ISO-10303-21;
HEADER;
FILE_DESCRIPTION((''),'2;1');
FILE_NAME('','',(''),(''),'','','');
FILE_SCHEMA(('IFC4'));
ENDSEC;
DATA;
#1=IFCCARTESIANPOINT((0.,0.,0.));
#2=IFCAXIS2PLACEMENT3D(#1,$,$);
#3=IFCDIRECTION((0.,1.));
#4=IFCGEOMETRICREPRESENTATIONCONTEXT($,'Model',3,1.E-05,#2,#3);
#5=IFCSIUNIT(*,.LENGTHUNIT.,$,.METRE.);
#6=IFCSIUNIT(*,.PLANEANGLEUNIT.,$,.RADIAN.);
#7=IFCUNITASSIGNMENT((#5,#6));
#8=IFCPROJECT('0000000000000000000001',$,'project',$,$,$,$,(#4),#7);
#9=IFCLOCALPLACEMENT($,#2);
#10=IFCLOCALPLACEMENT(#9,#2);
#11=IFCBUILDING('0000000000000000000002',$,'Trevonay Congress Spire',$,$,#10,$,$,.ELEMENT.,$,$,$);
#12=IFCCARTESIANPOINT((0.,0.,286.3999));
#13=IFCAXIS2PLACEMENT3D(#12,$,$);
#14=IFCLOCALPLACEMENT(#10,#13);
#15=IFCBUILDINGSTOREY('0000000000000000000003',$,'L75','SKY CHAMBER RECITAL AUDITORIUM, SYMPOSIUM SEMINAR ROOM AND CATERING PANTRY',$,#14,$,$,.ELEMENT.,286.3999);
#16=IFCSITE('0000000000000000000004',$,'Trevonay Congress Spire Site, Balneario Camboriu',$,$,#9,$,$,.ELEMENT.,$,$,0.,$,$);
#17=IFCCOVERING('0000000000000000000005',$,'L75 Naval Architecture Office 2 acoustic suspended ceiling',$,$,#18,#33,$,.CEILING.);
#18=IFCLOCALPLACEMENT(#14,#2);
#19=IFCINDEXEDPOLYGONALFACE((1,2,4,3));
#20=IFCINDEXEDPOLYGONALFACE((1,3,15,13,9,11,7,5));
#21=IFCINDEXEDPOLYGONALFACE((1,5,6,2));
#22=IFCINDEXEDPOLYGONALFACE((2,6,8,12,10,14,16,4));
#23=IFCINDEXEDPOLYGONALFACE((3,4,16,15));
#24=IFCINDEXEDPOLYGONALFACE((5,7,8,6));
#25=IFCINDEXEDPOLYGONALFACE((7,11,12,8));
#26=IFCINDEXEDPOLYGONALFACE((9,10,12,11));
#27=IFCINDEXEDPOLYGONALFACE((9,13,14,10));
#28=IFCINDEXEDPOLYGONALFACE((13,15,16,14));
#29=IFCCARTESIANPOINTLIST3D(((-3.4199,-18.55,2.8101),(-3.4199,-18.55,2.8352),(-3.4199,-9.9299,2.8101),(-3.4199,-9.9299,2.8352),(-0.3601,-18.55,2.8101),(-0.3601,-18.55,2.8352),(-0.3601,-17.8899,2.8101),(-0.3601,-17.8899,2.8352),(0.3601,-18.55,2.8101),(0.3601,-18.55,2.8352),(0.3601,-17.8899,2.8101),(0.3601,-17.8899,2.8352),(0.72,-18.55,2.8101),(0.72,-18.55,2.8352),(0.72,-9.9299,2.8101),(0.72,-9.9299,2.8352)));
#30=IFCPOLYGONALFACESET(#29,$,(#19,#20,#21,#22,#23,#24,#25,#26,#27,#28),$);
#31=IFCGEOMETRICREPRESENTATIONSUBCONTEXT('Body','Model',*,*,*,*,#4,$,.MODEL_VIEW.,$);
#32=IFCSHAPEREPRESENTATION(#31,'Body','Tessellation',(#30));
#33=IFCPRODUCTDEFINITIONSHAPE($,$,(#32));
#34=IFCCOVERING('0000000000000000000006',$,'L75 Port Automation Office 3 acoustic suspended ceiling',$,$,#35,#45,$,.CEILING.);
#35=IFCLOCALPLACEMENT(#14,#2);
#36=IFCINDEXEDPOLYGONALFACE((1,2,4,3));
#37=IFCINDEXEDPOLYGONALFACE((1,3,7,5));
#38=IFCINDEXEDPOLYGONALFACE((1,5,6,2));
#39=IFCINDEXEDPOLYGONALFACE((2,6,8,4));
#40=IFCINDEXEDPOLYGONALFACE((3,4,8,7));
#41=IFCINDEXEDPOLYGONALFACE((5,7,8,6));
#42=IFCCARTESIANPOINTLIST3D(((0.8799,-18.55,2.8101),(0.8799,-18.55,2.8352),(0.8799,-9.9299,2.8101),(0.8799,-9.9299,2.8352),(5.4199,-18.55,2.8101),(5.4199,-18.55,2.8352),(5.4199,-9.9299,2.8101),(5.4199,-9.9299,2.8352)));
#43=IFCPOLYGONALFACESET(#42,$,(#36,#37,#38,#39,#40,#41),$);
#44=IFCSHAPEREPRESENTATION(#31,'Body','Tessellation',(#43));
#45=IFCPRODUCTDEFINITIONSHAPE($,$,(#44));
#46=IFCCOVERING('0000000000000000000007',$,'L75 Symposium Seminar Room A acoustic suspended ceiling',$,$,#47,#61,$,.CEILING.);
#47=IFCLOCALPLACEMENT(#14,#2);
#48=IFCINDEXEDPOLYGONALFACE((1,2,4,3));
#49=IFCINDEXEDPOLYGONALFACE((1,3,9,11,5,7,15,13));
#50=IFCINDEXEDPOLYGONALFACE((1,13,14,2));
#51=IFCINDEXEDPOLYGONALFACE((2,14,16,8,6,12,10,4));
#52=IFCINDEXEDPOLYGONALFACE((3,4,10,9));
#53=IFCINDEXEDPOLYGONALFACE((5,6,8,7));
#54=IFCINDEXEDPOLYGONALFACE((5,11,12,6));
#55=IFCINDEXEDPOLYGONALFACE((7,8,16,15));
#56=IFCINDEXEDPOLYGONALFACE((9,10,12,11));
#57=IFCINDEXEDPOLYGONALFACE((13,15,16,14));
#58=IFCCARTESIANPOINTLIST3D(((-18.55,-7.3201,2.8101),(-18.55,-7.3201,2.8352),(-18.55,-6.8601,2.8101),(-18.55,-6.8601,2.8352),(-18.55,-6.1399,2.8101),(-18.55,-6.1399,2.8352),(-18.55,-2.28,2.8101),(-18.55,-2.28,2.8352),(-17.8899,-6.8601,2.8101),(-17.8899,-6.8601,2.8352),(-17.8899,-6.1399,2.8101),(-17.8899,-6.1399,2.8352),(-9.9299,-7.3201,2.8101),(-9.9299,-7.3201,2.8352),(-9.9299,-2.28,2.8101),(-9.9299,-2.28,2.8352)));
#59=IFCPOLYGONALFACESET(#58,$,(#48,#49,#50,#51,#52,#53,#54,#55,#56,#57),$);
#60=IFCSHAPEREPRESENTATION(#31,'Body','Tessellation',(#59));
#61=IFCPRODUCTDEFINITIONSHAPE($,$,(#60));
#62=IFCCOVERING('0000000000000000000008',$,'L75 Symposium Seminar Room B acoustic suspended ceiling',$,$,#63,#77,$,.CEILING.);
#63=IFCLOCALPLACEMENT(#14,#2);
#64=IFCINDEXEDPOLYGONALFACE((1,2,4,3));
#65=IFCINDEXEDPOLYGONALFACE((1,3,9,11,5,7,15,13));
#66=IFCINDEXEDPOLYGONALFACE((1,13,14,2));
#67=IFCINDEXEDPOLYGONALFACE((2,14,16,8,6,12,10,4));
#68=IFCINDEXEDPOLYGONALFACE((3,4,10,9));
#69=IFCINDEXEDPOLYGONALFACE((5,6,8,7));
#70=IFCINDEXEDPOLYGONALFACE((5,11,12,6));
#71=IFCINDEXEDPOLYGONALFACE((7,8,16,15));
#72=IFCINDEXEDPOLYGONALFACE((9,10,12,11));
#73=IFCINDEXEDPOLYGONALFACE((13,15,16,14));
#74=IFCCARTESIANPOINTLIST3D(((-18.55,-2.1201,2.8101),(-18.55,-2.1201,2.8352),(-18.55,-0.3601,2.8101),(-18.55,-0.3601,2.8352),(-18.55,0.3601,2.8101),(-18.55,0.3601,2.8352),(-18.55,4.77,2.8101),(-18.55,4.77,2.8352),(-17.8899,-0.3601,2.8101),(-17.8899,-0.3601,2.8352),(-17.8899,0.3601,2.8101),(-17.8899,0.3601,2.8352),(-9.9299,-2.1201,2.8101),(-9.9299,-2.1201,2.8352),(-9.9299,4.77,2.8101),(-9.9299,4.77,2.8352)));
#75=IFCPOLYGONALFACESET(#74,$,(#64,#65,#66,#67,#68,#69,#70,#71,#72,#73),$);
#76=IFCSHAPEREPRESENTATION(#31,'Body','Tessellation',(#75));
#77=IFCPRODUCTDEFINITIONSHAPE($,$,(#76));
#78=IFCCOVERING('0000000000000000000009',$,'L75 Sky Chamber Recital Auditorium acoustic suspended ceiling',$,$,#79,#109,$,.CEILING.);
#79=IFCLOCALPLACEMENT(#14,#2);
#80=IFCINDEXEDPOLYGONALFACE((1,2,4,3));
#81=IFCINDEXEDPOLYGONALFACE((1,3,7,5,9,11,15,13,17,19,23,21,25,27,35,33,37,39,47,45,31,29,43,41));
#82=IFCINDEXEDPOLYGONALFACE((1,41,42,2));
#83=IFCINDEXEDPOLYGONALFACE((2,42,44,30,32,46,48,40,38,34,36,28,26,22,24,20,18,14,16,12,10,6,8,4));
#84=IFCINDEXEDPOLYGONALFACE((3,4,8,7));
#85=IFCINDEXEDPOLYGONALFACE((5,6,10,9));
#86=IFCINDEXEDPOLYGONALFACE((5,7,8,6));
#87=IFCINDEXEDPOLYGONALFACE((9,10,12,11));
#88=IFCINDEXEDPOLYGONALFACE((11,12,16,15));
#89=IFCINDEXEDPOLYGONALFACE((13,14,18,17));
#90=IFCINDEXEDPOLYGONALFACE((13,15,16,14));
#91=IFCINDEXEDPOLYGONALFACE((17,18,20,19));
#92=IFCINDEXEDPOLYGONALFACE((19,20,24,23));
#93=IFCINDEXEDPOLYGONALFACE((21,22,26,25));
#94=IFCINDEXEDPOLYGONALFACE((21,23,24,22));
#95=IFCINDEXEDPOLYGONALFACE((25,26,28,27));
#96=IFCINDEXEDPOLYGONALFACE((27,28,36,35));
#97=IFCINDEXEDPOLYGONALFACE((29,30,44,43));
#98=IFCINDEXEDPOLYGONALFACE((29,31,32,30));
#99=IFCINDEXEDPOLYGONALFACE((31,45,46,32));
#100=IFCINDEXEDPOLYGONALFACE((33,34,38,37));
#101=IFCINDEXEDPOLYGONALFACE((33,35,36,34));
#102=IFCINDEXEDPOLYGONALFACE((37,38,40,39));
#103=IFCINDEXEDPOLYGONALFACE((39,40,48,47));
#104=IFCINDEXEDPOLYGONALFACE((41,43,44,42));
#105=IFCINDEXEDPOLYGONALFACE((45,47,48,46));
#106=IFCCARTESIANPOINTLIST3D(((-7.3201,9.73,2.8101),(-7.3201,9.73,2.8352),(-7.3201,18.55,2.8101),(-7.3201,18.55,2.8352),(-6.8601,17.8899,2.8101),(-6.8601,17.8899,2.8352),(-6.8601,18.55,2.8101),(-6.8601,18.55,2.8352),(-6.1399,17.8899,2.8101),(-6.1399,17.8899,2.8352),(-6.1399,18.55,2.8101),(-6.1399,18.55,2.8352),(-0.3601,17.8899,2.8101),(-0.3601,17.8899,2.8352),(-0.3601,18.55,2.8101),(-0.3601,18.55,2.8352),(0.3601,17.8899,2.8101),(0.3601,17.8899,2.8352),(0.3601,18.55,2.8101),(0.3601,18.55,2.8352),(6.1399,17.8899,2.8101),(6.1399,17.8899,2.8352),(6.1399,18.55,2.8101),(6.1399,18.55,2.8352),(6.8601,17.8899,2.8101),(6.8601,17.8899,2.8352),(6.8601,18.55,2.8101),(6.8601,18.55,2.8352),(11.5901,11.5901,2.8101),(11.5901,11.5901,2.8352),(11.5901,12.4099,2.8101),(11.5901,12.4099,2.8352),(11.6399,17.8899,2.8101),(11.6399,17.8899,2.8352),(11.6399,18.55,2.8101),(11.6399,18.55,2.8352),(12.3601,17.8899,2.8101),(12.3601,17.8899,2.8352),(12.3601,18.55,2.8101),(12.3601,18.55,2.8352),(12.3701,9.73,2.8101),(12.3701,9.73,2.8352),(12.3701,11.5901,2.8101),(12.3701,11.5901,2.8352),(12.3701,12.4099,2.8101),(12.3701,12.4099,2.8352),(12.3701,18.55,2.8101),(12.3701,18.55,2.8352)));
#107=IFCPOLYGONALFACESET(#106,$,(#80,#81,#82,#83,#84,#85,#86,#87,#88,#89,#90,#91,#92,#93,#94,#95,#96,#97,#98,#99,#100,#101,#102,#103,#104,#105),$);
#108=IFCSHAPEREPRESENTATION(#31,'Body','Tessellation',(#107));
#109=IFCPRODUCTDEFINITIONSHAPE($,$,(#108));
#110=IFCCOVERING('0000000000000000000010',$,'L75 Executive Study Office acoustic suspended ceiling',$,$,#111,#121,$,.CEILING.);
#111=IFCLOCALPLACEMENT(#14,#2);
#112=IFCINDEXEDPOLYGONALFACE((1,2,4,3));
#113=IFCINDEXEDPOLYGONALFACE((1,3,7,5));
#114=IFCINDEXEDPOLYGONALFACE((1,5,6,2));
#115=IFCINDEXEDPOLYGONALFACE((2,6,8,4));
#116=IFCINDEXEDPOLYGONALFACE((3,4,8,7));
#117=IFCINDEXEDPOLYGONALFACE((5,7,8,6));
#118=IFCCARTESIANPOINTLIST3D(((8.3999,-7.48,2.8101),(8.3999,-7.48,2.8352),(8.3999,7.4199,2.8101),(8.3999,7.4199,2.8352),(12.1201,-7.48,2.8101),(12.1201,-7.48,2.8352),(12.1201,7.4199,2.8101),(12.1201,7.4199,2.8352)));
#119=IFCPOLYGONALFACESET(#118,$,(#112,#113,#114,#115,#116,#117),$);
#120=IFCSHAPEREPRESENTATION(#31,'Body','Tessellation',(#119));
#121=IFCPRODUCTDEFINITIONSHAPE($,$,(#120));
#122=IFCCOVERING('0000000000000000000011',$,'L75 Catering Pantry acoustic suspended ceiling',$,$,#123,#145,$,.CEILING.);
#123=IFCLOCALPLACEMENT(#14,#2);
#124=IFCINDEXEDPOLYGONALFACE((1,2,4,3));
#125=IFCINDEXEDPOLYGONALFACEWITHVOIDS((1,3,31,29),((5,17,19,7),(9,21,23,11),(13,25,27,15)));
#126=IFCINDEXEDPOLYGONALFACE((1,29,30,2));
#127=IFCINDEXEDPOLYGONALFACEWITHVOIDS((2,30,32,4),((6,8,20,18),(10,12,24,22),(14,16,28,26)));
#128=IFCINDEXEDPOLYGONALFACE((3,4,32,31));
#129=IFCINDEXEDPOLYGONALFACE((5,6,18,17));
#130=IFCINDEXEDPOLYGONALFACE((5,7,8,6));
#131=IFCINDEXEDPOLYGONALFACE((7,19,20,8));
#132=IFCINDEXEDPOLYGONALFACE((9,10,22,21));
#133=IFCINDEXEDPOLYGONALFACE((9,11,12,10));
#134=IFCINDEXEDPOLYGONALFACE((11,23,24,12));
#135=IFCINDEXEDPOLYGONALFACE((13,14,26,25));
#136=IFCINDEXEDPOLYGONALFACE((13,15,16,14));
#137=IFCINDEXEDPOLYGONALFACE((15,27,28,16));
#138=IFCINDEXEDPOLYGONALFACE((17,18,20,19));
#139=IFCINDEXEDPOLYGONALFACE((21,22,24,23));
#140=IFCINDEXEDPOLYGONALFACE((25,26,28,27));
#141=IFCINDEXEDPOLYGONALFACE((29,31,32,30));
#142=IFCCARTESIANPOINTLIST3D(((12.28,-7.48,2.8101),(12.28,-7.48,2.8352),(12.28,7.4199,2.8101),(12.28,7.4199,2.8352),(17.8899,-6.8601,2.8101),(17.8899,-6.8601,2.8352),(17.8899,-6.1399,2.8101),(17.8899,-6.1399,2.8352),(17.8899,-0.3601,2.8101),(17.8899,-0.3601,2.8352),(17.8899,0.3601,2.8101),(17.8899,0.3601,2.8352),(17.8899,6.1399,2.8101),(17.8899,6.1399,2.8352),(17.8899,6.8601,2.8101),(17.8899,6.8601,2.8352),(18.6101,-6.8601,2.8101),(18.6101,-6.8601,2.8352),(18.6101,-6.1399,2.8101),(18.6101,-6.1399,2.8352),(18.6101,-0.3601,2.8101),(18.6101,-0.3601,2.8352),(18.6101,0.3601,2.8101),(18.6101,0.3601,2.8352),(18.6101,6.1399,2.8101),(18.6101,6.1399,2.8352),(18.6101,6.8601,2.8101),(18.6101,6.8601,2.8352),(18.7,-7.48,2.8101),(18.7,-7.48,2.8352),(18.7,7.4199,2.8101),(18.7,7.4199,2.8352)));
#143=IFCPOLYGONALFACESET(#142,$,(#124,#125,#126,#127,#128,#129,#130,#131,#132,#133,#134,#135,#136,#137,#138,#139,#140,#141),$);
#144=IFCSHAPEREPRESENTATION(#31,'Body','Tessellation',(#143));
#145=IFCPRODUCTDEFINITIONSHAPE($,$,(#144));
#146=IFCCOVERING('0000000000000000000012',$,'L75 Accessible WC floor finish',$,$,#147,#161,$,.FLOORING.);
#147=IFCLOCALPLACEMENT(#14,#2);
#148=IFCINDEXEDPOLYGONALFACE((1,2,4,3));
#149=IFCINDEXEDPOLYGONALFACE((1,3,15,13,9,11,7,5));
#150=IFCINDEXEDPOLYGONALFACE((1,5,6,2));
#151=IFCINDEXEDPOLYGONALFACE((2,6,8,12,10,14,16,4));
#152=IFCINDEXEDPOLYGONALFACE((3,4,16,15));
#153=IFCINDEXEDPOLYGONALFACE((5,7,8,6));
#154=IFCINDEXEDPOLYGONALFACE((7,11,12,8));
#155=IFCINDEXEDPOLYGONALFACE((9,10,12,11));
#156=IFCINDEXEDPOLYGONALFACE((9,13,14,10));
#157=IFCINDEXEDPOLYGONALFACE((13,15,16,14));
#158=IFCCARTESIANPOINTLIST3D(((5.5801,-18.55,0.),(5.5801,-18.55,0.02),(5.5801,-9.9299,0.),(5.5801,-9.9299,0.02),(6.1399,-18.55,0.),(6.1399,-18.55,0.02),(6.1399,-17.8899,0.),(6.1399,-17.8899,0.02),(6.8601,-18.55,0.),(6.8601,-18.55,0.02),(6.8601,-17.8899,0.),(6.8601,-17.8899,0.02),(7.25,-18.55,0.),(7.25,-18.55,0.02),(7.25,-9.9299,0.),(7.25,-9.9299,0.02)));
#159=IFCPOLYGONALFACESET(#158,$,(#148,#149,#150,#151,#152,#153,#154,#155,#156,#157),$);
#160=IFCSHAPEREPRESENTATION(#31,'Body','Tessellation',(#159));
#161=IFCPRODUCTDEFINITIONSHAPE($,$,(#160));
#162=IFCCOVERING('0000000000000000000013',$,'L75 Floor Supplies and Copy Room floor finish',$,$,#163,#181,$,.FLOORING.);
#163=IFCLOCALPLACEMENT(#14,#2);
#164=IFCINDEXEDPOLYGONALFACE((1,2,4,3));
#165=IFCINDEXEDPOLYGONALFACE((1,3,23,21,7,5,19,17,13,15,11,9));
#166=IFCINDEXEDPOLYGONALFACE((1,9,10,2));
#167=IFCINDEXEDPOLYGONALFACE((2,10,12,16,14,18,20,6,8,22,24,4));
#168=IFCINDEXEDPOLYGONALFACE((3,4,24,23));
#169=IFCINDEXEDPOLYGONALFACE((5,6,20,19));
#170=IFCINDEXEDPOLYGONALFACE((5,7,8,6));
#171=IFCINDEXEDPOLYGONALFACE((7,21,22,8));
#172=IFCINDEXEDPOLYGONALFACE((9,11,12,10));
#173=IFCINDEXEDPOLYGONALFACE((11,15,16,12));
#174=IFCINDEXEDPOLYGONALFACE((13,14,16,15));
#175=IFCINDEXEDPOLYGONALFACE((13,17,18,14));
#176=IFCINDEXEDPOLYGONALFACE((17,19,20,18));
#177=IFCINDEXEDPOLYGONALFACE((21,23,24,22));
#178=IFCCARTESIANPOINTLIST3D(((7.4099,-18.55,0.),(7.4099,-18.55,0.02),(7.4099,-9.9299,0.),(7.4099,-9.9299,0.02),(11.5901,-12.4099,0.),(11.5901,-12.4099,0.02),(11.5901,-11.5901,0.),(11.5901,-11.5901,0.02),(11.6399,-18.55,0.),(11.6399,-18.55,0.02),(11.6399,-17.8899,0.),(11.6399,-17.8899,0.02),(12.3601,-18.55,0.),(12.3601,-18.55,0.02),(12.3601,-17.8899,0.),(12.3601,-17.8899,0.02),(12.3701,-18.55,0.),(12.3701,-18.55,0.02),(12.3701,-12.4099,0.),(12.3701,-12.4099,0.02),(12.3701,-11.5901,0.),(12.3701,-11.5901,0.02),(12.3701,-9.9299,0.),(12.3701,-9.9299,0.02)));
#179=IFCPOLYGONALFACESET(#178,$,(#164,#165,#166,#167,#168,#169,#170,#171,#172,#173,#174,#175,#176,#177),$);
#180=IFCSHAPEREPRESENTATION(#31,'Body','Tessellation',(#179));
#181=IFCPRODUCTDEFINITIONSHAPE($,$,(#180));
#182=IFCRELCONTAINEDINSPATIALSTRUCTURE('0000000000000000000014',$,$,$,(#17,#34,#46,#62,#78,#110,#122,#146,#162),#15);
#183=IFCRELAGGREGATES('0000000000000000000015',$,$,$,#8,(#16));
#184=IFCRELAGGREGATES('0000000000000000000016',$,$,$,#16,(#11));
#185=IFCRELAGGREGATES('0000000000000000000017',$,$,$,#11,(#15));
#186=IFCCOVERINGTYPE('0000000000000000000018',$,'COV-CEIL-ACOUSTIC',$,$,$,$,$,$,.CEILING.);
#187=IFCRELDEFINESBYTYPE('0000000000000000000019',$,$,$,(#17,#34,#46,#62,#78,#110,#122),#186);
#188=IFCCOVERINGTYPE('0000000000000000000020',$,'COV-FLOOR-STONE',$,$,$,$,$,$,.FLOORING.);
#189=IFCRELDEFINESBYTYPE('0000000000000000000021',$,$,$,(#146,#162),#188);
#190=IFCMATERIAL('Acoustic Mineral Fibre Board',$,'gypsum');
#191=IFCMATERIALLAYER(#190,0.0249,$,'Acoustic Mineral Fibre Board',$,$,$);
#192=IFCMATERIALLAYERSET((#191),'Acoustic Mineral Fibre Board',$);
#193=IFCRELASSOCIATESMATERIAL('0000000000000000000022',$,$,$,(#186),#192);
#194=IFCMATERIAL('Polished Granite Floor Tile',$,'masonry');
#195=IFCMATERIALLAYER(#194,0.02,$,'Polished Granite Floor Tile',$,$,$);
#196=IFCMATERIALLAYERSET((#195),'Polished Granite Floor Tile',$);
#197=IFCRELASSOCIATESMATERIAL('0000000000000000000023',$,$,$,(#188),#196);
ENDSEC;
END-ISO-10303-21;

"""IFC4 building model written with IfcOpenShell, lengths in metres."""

from ifc_helpers import new_model, si_unit, direction, frame, origin, place, context, subcontext, project, spatial, polyline, outline, extrude, material, layer, layer_set, type_object, element, save


model = new_model("IFC4")

# Units and contexts
model_context = context("Model", 3, precision=1e-05, world=origin(), true_north=direction((0.0, 1.0)))
body_context = subcontext(model_context, "Body", "Model", "MODEL_VIEW")
ifc_project = project(units=[si_unit("LENGTHUNIT", "METRE"), si_unit("PLANEANGLEUNIT", "RADIAN")], contexts=[model_context])

# Site, building, storey
site_placement = place(None, origin())
site = spatial("IfcSite", under=ifc_project, at=site_placement, Name="Trevonay Congress Spire Site, Balneario Camboriu", CompositionType="ELEMENT", RefElevation=0.0)
building_placement = place(site_placement, origin())
building = spatial("IfcBuilding", under=site, at=building_placement, Name="Trevonay Congress Spire", CompositionType="ELEMENT")
storey_placement = place(building_placement, frame((0.0, 0.0, 286.3999)))
storey = spatial("IfcBuildingStorey", under=building, at=storey_placement, Name="L75", Description="SKY CHAMBER RECITAL AUDITORIUM, SYMPOSIUM SEMINAR ROOM AND CATERING PANTRY", CompositionType="ELEMENT", Elevation=286.3999)

# Coverings
ifc_material_1 = material(Name="Acoustic Mineral Fibre Board", Category="gypsum")
ifc_layer_1 = layer(ifc_material_1, 0.0249, Name="Acoustic Mineral Fibre Board")
ifc_layer_set_1 = layer_set([ifc_layer_1], Name="Acoustic Mineral Fibre Board")
covering_type_1 = type_object("IfcCoveringType", Name="COV-CEIL-ACOUSTIC", PredefinedType="CEILING", material=ifc_layer_set_1)
covering_1_placement = place(storey_placement, frame((0.0, 0.0, 2.8101)))
element("IfcCovering", 1, at=covering_1_placement, inside=storey, type_object=covering_type_1, Name="L75 Naval Architecture Office 2 acoustic suspended ceiling", PredefinedType="CEILING", context=body_context, shape_type="SweptSolid", body=[
    extrude(outline(polyline([(-3.4199, -18.55), (-3.4199, -9.9299), (0.72, -9.9299), (0.72, -18.55), (0.3601, -18.55), (0.3601, -17.8899), (-0.3601, -17.8899), (-0.3601, -18.55), (-3.4199, -18.55)])), origin(), (0.0, 0.0, 1.0), 0.0251),
])
covering_2_placement = place(storey_placement, frame((0.0, 0.0, 2.8101)))
element("IfcCovering", 2, at=covering_2_placement, inside=storey, type_object=covering_type_1, Name="L75 Port Automation Office 3 acoustic suspended ceiling", PredefinedType="CEILING", context=body_context, shape_type="SweptSolid", body=[
    extrude(outline(polyline([(0.8799, -18.55), (5.4199, -18.55), (5.4199, -9.9299), (0.8799, -9.9299), (0.8799, -18.55)])), origin(), (0.0, 0.0, 1.0), 0.0251),
])
covering_3_placement = place(storey_placement, frame((0.0, 0.0, 2.8101)))
element("IfcCovering", 3, at=covering_3_placement, inside=storey, type_object=covering_type_1, Name="L75 Symposium Seminar Room A acoustic suspended ceiling", PredefinedType="CEILING", context=body_context, shape_type="SweptSolid", body=[
    extrude(outline(polyline([(-18.55, -2.28), (-9.9299, -2.28), (-9.9299, -7.3201), (-18.55, -7.3201), (-18.55, -6.8601), (-17.8899, -6.8601), (-17.8899, -6.1399), (-18.55, -6.1399), (-18.55, -2.28)])), origin(), (0.0, 0.0, 1.0), 0.0251),
])
covering_4_placement = place(storey_placement, frame((0.0, 0.0, 2.8101)))
element("IfcCovering", 4, at=covering_4_placement, inside=storey, type_object=covering_type_1, Name="L75 Symposium Seminar Room B acoustic suspended ceiling", PredefinedType="CEILING", context=body_context, shape_type="SweptSolid", body=[
    extrude(outline(polyline([(-18.55, 4.77), (-9.9299, 4.77), (-9.9299, -2.1201), (-18.55, -2.1201), (-18.55, -0.3601), (-17.8899, -0.3601), (-17.8899, 0.3601), (-18.55, 0.3601), (-18.55, 4.77)])), origin(), (0.0, 0.0, 1.0), 0.0251),
])
covering_5_placement = place(storey_placement, frame((0.0, 0.0, 2.8101)))
element("IfcCovering", 5, at=covering_5_placement, inside=storey, type_object=covering_type_1, Name="L75 Sky Chamber Recital Auditorium acoustic suspended ceiling", PredefinedType="CEILING", context=body_context, shape_type="SweptSolid", body=[
    extrude(outline(polyline([(12.3701, 9.73), (-7.3201, 9.73), (-7.3201, 18.55), (-6.8601, 18.55), (-6.8601, 17.8899), (-6.1399, 17.8899), (-6.1399, 18.55), (-0.3601, 18.55), (-0.3601, 17.8899), (0.3601, 17.8899), (0.3601, 18.55), (6.1399, 18.55), (6.1399, 17.8899), (6.8601, 17.8899), (6.8601, 18.55), (11.6399, 18.55), (11.6399, 17.8899), (12.3601, 17.8899), (12.3601, 18.55), (12.3701, 18.55), (12.3701, 12.4099), (11.5901, 12.4099), (11.5901, 11.5901), (12.3701, 11.5901), (12.3701, 9.73)])), origin(), (0.0, 0.0, 1.0), 0.0251),
])
covering_6_placement = place(storey_placement, frame((0.0, 0.0, 2.8101)))
element("IfcCovering", 6, at=covering_6_placement, inside=storey, type_object=covering_type_1, Name="L75 Executive Study Office acoustic suspended ceiling", PredefinedType="CEILING", context=body_context, shape_type="SweptSolid", body=[
    extrude(outline(polyline([(8.3999, -7.48), (12.1201, -7.48), (12.1201, 7.4199), (8.3999, 7.4199), (8.3999, -7.48)])), origin(), (0.0, 0.0, 1.0), 0.0251),
])
covering_7_placement = place(storey_placement, frame((0.0, 0.0, 2.8101)))
element("IfcCovering", 7, at=covering_7_placement, inside=storey, type_object=covering_type_1, Name="L75 Catering Pantry acoustic suspended ceiling", PredefinedType="CEILING", context=body_context, shape_type="SweptSolid", body=[
    extrude(outline(polyline([(12.28, 7.4199), (18.7, 7.4199), (18.7, -7.48), (12.28, -7.48), (12.28, 7.4199)]), holes=[polyline([(17.8899, -6.8601), (18.6101, -6.8601), (18.6101, -6.1399), (17.8899, -6.1399), (17.8899, -6.8601)]), polyline([(17.8899, 0.3601), (17.8899, -0.3601), (18.6101, -0.3601), (18.6101, 0.3601), (17.8899, 0.3601)]), polyline([(17.8899, 6.8601), (17.8899, 6.1399), (18.6101, 6.1399), (18.6101, 6.8601), (17.8899, 6.8601)])]), origin(), (0.0, 0.0, 1.0), 0.0251),
])
ifc_material_2 = material(Name="Polished Granite Floor Tile", Category="masonry")
ifc_layer_2 = layer(ifc_material_2, 0.02, Name="Polished Granite Floor Tile")
ifc_layer_set_2 = layer_set([ifc_layer_2], Name="Polished Granite Floor Tile")
covering_type_2 = type_object("IfcCoveringType", Name="COV-FLOOR-STONE", PredefinedType="FLOORING", material=ifc_layer_set_2)
covering_8_placement = place(storey_placement, origin())
element("IfcCovering", 8, at=covering_8_placement, inside=storey, type_object=covering_type_2, Name="L75 Accessible WC floor finish", PredefinedType="FLOORING", context=body_context, shape_type="SweptSolid", body=[
    extrude(outline(polyline([(5.5801, -18.55), (5.5801, -9.9299), (7.25, -9.9299), (7.25, -18.55), (6.8601, -18.55), (6.8601, -17.8899), (6.1399, -17.8899), (6.1399, -18.55), (5.5801, -18.55)])), origin(), (0.0, 0.0, 1.0), 0.02),
])
covering_9_placement = place(storey_placement, origin())
element("IfcCovering", 9, at=covering_9_placement, inside=storey, type_object=covering_type_2, Name="L75 Floor Supplies and Copy Room floor finish", PredefinedType="FLOORING", context=body_context, shape_type="SweptSolid", body=[
    extrude(outline(polyline([(7.4099, -18.55), (7.4099, -9.9299), (12.3701, -9.9299), (12.3701, -11.5901), (11.5901, -11.5901), (11.5901, -12.4099), (12.3701, -12.4099), (12.3701, -18.55), (12.3601, -18.55), (12.3601, -17.8899), (11.6399, -17.8899), (11.6399, -18.55), (7.4099, -18.55)])), origin(), (0.0, 0.0, 1.0), 0.02),
])

save(model, "model.ifc")
